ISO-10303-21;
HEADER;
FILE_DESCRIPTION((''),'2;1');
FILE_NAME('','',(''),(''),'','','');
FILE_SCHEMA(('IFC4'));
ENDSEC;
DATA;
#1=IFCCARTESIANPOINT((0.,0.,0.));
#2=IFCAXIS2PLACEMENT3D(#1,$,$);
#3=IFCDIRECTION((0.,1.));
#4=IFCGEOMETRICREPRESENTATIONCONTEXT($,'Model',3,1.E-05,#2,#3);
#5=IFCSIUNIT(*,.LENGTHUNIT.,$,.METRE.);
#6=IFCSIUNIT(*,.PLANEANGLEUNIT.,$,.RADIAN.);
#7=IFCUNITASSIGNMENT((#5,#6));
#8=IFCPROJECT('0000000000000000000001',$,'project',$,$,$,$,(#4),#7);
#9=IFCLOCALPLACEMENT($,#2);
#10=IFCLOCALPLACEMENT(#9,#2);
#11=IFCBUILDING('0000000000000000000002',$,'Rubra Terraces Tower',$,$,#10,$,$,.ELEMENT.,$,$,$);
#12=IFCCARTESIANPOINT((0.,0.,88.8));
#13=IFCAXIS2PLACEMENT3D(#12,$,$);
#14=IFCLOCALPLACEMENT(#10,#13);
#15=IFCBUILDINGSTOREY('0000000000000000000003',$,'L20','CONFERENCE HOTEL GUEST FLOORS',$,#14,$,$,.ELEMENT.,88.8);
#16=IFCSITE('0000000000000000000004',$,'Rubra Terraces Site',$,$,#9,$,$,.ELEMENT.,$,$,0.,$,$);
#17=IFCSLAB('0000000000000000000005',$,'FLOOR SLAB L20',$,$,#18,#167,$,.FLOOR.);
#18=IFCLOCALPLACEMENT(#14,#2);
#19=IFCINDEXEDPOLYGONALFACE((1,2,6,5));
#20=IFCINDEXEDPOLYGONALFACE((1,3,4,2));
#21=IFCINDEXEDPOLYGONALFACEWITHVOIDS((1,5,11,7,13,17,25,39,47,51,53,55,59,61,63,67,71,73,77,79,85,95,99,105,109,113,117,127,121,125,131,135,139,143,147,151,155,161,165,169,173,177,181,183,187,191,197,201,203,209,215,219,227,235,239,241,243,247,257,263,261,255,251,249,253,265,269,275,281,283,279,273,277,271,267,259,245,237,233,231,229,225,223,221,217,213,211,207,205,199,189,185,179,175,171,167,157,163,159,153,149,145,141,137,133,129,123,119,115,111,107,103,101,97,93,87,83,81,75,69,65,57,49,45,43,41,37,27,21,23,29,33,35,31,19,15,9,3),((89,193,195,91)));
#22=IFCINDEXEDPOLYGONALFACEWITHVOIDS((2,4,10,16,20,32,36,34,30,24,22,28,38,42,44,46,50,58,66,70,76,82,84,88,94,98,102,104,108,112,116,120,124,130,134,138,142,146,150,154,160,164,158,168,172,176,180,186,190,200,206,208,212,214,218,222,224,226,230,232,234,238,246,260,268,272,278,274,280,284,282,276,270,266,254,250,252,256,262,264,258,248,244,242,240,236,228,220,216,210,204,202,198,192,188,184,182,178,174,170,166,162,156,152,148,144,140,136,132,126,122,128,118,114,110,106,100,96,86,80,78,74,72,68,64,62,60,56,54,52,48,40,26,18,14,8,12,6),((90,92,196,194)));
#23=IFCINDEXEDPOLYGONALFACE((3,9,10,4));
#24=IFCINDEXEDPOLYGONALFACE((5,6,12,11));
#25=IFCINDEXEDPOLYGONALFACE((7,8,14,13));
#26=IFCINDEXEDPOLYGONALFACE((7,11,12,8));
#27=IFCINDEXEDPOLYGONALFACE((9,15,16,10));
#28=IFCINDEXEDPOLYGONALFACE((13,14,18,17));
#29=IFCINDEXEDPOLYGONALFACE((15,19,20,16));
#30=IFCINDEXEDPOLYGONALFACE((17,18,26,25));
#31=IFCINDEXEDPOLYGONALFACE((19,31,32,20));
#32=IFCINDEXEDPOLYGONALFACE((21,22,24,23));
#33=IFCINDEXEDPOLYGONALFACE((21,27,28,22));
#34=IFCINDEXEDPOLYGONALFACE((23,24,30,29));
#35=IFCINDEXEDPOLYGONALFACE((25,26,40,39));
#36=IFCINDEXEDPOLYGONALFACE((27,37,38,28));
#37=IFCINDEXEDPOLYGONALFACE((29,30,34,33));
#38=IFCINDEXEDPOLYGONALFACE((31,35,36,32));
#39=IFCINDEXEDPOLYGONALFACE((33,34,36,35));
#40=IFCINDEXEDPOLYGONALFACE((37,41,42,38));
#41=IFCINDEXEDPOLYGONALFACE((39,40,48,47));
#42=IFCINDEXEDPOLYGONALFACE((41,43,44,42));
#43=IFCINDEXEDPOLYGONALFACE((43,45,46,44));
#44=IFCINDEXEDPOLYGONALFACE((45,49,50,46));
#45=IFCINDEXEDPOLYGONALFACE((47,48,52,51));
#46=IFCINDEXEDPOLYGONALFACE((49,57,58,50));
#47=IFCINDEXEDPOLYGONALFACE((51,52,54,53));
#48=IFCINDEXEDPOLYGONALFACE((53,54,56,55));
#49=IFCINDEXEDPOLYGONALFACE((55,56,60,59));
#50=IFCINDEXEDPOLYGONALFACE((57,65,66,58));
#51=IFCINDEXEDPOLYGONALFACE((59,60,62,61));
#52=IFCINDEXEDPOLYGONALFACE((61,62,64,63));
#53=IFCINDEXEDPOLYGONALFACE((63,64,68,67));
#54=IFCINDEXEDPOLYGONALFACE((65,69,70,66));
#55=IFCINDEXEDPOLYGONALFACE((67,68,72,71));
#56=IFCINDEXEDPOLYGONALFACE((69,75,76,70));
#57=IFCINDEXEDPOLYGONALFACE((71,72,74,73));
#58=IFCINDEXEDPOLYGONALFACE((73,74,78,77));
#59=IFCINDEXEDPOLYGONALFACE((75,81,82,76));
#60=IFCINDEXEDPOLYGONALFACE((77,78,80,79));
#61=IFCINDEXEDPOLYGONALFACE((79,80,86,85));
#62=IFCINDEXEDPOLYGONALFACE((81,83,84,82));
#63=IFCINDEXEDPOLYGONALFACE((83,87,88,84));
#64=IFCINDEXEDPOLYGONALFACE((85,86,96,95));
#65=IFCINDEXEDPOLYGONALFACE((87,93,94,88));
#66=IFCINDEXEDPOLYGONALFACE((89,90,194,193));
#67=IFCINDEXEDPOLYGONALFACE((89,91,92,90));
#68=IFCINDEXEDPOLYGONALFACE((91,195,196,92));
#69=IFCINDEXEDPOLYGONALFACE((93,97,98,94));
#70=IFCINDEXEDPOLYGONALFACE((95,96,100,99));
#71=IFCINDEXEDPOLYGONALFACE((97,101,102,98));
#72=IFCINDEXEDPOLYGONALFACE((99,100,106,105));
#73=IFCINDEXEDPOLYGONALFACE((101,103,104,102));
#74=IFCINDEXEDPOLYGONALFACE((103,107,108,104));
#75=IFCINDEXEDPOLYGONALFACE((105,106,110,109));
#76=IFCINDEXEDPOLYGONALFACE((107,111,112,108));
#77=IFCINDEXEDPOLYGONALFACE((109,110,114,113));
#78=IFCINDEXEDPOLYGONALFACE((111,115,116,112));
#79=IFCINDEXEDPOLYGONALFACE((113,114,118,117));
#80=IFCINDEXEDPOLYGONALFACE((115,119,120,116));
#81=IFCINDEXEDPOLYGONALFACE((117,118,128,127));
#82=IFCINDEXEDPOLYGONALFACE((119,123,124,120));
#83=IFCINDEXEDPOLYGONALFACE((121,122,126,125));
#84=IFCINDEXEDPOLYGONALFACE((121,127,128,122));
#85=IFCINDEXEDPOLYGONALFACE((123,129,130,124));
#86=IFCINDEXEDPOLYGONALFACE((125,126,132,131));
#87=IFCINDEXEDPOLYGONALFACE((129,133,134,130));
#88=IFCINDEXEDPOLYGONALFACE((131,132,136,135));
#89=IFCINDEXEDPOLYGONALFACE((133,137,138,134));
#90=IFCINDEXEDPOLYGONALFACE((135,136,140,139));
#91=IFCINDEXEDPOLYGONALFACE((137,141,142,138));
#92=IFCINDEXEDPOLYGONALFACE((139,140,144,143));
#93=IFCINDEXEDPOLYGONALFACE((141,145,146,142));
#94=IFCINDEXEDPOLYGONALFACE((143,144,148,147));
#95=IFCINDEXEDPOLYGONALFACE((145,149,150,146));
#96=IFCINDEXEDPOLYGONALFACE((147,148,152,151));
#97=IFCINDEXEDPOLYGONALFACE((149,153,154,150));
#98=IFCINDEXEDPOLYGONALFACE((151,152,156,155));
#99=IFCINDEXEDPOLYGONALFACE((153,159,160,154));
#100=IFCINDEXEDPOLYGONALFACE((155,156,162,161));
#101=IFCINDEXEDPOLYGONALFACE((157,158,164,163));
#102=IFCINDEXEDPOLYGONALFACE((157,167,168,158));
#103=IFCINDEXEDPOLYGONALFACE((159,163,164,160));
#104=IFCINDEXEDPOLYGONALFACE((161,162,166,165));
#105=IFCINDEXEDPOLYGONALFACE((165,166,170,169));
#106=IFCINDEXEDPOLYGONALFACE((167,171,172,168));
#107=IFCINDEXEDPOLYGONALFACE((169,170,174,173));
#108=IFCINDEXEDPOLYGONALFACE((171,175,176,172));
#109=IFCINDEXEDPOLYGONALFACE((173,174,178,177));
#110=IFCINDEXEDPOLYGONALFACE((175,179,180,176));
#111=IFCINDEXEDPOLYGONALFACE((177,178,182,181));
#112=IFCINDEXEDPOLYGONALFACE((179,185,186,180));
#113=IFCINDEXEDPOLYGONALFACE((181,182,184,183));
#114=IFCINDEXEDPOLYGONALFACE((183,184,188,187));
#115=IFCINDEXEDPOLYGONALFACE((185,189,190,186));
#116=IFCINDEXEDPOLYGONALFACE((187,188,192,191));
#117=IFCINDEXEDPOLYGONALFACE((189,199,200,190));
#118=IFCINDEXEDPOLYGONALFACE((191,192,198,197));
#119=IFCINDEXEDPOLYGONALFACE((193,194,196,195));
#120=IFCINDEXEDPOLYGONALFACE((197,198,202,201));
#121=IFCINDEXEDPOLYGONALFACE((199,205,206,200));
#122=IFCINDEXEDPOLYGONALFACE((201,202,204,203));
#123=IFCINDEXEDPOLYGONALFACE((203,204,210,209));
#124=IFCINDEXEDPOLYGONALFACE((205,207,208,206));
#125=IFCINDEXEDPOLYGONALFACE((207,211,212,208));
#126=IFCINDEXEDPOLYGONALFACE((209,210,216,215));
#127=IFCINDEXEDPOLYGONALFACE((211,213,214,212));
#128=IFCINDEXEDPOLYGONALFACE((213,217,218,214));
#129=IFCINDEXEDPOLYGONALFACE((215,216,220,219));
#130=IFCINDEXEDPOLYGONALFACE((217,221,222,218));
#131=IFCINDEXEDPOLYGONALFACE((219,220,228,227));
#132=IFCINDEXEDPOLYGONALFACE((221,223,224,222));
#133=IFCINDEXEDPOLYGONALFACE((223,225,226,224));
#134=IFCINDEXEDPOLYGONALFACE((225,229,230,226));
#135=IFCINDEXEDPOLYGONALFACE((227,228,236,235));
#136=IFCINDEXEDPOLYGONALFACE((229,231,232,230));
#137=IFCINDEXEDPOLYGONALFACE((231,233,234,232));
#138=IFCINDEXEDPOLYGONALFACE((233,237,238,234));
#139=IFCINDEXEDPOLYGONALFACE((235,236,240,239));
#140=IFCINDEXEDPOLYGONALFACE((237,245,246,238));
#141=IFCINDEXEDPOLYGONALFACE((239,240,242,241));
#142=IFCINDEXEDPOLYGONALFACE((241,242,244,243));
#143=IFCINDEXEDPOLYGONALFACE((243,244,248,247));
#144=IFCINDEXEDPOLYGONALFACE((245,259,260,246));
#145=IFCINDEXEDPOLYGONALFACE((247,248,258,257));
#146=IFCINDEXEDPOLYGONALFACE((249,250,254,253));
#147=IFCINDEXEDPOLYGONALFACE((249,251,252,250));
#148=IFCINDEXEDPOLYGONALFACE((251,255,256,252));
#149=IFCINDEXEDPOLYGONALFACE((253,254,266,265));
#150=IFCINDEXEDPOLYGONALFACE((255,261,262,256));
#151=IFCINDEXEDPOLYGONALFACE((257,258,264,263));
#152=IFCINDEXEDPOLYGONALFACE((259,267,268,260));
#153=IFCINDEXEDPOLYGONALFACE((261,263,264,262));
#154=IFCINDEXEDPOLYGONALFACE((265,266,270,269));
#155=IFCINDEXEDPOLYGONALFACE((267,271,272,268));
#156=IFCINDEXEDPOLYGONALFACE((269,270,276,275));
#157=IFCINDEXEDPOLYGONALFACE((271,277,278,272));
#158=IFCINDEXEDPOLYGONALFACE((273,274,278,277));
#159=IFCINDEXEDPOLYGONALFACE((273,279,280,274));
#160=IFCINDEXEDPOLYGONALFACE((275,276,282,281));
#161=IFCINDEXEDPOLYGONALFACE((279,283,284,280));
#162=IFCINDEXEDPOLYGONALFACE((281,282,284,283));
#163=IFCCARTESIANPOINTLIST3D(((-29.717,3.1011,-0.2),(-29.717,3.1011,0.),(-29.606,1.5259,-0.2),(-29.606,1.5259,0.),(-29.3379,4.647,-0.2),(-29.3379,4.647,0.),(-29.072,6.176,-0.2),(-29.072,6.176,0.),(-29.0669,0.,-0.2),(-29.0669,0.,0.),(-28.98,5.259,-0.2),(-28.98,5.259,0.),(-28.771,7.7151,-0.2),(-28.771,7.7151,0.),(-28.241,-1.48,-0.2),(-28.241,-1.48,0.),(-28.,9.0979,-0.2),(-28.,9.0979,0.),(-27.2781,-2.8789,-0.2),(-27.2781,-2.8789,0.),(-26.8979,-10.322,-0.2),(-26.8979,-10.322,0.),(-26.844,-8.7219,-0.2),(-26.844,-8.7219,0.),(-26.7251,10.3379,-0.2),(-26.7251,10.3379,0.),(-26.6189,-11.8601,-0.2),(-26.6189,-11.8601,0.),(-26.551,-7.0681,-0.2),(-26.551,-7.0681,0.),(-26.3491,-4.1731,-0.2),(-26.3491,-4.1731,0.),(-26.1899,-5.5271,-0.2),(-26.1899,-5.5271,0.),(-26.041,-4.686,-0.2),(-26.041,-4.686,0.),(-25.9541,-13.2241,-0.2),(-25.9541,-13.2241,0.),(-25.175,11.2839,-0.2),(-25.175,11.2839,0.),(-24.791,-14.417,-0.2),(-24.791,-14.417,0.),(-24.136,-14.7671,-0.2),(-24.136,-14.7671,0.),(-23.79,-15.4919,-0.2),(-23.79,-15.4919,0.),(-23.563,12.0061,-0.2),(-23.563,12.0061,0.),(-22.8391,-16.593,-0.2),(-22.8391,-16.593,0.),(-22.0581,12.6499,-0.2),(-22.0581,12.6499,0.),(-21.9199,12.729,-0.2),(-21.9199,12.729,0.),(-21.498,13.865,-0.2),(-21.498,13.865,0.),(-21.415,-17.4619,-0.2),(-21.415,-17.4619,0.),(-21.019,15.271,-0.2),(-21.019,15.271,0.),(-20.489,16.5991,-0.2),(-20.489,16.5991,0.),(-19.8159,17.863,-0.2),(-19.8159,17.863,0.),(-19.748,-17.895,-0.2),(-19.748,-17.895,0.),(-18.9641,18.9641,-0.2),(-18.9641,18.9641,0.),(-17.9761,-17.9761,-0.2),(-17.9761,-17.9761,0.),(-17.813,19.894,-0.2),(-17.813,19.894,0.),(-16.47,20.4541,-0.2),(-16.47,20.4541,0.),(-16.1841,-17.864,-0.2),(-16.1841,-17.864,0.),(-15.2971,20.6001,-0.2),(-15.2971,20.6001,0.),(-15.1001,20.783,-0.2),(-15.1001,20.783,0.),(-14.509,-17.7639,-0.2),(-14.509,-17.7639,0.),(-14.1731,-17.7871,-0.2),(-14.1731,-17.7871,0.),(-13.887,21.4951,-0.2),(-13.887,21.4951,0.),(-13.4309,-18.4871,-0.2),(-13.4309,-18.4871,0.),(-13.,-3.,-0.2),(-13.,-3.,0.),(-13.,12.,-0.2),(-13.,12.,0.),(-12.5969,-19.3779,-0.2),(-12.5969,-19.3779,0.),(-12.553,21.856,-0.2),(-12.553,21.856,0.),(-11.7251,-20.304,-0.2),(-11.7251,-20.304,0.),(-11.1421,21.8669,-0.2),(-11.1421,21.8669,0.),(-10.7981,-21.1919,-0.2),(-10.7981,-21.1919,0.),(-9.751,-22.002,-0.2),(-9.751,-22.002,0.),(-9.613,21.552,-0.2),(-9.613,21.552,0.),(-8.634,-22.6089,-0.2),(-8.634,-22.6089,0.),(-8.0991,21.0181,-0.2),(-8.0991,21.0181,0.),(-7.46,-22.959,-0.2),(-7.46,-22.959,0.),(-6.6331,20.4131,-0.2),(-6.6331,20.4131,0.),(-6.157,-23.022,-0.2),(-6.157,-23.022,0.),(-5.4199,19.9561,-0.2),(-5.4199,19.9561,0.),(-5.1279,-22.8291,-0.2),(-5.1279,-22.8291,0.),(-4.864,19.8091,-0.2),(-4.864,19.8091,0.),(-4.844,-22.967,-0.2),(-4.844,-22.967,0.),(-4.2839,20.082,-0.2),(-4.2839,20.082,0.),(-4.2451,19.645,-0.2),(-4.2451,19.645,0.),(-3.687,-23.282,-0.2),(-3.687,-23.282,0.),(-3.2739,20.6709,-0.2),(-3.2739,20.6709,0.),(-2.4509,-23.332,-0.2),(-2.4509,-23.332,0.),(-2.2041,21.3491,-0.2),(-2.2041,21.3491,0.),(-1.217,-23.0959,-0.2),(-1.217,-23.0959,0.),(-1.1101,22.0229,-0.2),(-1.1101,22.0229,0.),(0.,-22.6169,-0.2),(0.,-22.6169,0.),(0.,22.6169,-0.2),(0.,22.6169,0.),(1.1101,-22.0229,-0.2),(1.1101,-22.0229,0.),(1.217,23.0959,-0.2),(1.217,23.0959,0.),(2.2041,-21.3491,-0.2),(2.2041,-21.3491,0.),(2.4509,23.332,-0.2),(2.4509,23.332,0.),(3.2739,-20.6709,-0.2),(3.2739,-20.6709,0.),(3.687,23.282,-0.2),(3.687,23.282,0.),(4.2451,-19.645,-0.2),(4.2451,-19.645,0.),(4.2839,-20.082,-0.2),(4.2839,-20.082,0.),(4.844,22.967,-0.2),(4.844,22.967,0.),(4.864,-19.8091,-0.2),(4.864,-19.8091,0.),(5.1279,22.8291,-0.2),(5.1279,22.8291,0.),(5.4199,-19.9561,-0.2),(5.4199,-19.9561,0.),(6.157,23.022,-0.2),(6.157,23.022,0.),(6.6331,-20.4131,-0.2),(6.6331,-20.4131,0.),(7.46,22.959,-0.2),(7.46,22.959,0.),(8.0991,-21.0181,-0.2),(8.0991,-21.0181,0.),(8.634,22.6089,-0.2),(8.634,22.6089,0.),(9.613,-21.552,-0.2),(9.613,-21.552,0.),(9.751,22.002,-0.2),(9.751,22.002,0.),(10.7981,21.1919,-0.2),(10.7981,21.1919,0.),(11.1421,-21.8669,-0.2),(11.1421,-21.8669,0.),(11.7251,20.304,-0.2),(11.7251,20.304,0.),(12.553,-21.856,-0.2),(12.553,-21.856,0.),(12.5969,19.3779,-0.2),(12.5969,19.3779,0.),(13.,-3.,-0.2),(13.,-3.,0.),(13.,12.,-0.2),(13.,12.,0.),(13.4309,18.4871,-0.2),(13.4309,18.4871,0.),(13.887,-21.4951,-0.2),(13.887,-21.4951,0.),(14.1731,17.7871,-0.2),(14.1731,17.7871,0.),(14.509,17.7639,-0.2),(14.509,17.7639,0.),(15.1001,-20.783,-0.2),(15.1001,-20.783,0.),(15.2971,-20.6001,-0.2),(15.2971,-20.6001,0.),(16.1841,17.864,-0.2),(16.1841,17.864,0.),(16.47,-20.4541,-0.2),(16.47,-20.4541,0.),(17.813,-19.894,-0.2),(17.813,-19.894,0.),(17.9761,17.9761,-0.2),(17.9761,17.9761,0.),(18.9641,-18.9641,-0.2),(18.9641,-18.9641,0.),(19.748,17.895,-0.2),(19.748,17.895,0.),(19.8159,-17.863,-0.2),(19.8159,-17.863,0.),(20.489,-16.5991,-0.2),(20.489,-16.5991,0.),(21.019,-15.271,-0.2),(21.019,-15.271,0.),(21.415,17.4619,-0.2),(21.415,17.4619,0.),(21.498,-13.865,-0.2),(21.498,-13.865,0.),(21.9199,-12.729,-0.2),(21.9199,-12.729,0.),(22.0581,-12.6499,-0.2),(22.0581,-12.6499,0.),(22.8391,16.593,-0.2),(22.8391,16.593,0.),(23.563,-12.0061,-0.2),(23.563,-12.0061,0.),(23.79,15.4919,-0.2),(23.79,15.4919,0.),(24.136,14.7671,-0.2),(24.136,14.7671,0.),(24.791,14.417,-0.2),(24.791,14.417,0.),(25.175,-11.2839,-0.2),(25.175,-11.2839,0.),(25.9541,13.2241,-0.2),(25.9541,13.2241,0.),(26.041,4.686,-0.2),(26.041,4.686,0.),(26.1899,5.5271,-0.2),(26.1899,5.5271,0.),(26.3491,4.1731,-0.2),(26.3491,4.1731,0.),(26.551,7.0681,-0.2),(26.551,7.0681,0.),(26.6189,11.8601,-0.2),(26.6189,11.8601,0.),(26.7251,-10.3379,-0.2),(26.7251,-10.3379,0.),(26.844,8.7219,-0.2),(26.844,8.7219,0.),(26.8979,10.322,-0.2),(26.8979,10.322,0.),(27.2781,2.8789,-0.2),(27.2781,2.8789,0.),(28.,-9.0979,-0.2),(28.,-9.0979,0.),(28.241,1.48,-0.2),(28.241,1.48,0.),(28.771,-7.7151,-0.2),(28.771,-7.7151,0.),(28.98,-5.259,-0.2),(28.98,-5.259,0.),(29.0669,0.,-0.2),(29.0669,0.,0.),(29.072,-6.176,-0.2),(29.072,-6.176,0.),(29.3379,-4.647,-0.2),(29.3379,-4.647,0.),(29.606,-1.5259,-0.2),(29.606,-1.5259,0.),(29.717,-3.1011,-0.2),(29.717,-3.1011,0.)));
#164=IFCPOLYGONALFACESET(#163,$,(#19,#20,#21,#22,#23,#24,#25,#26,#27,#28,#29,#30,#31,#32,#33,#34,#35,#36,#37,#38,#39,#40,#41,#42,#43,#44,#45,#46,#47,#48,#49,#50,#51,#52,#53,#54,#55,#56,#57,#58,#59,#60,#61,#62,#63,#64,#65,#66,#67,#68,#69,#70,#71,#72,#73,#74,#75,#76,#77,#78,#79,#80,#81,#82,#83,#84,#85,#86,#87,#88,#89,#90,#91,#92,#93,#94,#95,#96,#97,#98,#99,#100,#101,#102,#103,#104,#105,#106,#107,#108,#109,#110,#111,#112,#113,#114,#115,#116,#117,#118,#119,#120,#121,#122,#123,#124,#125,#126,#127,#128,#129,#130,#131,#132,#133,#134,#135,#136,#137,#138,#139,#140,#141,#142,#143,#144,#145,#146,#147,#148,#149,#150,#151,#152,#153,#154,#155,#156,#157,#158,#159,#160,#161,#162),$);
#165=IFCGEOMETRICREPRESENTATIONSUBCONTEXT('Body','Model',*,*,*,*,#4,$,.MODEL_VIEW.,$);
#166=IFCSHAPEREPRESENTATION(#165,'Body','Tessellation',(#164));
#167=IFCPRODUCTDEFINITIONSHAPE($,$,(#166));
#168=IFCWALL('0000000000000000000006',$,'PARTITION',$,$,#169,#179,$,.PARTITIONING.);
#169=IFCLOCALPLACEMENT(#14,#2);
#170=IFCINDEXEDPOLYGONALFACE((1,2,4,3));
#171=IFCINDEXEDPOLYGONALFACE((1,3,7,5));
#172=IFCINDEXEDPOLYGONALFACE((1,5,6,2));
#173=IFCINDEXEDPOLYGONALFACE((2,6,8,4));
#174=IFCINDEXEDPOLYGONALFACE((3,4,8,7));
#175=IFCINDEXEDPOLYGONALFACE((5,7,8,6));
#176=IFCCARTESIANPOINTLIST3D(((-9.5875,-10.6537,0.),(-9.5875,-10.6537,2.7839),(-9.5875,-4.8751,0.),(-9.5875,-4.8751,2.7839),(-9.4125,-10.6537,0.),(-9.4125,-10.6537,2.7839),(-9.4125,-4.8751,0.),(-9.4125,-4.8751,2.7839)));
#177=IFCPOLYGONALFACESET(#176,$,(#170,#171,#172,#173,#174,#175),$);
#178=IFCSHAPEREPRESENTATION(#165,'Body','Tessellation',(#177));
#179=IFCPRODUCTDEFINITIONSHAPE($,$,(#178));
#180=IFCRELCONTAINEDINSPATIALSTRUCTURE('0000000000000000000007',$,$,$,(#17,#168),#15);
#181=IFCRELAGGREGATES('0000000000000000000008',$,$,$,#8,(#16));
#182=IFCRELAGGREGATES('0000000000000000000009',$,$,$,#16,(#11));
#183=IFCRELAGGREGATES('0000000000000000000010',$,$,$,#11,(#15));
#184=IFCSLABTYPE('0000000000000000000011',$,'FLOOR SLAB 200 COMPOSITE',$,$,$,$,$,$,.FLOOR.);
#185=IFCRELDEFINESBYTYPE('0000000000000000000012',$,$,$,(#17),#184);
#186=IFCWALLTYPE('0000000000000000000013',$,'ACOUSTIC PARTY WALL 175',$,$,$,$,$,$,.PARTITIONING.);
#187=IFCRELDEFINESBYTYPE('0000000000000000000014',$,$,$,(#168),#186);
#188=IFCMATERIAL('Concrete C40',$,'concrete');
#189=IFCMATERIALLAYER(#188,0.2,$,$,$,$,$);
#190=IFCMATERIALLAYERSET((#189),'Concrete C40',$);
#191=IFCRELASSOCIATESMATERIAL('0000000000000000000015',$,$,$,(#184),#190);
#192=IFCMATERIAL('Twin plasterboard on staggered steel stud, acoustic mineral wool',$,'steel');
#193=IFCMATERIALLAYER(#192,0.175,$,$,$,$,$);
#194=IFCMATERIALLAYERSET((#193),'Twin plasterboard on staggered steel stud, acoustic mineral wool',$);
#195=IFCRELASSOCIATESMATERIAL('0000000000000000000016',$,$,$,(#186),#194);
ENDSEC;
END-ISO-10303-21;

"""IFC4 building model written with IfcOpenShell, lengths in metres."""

from ifc_helpers import new_model, si_unit, direction, frame, frame_2d, origin, place, context, subcontext, project, spatial, polyline, rectangle, outline, extrude, material, layer, layer_set, type_object, element, save


model = new_model("IFC4")

# Units and contexts
model_context = context("Model", 3, precision=1e-05, world=origin(), true_north=direction((0.0, 1.0)))
body_context = subcontext(model_context, "Body", "Model", "MODEL_VIEW")
ifc_project = project(units=[si_unit("LENGTHUNIT", "METRE"), si_unit("PLANEANGLEUNIT", "RADIAN")], contexts=[model_context])

# Site, building, storey
site_placement = place(None, origin())
site = spatial("IfcSite", under=ifc_project, at=site_placement, Name="Rubra Terraces Site", CompositionType="ELEMENT", RefElevation=0.0)
building_placement = place(site_placement, origin())
building = spatial("IfcBuilding", under=site, at=building_placement, Name="Rubra Terraces Tower", CompositionType="ELEMENT")
storey_placement = place(building_placement, frame((0.0, 0.0, 88.8)))
storey = spatial("IfcBuildingStorey", under=building, at=storey_placement, Name="L20", Description="CONFERENCE HOTEL GUEST FLOORS", CompositionType="ELEMENT", Elevation=88.8)

# Slab
ifc_material_1 = material(Name="Concrete C40", Category="concrete")
ifc_layer_1 = layer(ifc_material_1, 0.2)
ifc_layer_set_1 = layer_set([ifc_layer_1], Name="Concrete C40")
slab_type_1 = type_object("IfcSlabType", Name="FLOOR SLAB 200 COMPOSITE", PredefinedType="FLOOR", material=ifc_layer_set_1)
slab_1_placement = place(storey_placement, frame((0.0, 0.0, -0.2)))
element("IfcSlab", 1, at=slab_1_placement, inside=storey, type_object=slab_type_1, Name="FLOOR SLAB L20", PredefinedType="FLOOR", context=body_context, shape_type="SweptSolid", body=[
    extrude(outline(polyline([(15.1001, -20.783), (15.2971, -20.6001), (16.47, -20.4541), (17.813, -19.894), (18.9641, -18.9641), (19.8159, -17.863), (20.489, -16.5991), (21.019, -15.271), (21.498, -13.865), (21.9199, -12.729), (22.0581, -12.6499), (23.563, -12.0061), (25.175, -11.2839), (26.7251, -10.3379), (28.0, -9.0979), (28.771, -7.7151), (29.072, -6.176), (28.98, -5.259), (29.3379, -4.647), (29.717, -3.1011), (29.606, -1.5259), (29.0669, 0.0), (28.241, 1.48), (27.2781, 2.8789), (26.3491, 4.1731), (26.041, 4.686), (26.1899, 5.5271), (26.551, 7.0681), (26.844, 8.7219), (26.8979, 10.322), (26.6189, 11.8601), (25.9541, 13.2241), (24.791, 14.417), (24.136, 14.7671), (23.79, 15.4919), (22.8391, 16.593), (21.415, 17.4619), (19.748, 17.895), (17.9761, 17.9761), (16.1841, 17.864), (14.509, 17.7639), (14.1731, 17.7871), (13.4309, 18.4871), (12.5969, 19.3779), (11.7251, 20.304), (10.7981, 21.1919), (9.751, 22.002), (8.634, 22.6089), (7.46, 22.959), (6.157, 23.022), (5.1279, 22.8291), (4.844, 22.967), (3.687, 23.282), (2.4509, 23.332), (1.217, 23.0959), (0.0, 22.6169), (-1.1101, 22.0229), (-2.2041, 21.3491), (-3.2739, 20.6709), (-4.2839, 20.082), (-4.864, 19.8091), (-4.2451, 19.645), (-5.4199, 19.9561), (-6.6331, 20.4131), (-8.0991, 21.0181), (-9.613, 21.552), (-11.1421, 21.8669), (-12.553, 21.856), (-13.887, 21.4951), (-15.1001, 20.783), (-15.2971, 20.6001), (-16.47, 20.4541), (-17.813, 19.894), (-18.9641, 18.9641), (-19.8159, 17.863), (-20.489, 16.5991), (-21.019, 15.271), (-21.498, 13.865), (-21.9199, 12.729), (-22.0581, 12.6499), (-23.563, 12.0061), (-25.175, 11.2839), (-26.7251, 10.3379), (-28.0, 9.0979), (-28.771, 7.7151), (-29.072, 6.176), (-28.98, 5.259), (-29.3379, 4.647), (-29.717, 3.1011), (-29.606, 1.5259), (-29.0669, 0.0), (-28.241, -1.48), (-27.2781, -2.8789), (-26.3491, -4.1731), (-26.041, -4.686), (-26.1899, -5.5271), (-26.551, -7.0681), (-26.844, -8.7219), (-26.8979, -10.322), (-26.6189, -11.8601), (-25.9541, -13.2241), (-24.791, -14.417), (-24.136, -14.7671), (-23.79, -15.4919), (-22.8391, -16.593), (-21.415, -17.4619), (-19.748, -17.895), (-17.9761, -17.9761), (-16.1841, -17.864), (-14.509, -17.7639), (-14.1731, -17.7871), (-13.4309, -18.4871), (-12.5969, -19.3779), (-11.7251, -20.304), (-10.7981, -21.1919), (-9.751, -22.002), (-8.634, -22.6089), (-7.46, -22.959), (-6.157, -23.022), (-5.1279, -22.8291), (-4.844, -22.967), (-3.687, -23.282), (-2.4509, -23.332), (-1.217, -23.0959), (0.0, -22.6169), (1.1101, -22.0229), (2.2041, -21.3491), (3.2739, -20.6709), (4.2839, -20.082), (4.864, -19.8091), (4.2451, -19.645), (5.4199, -19.9561), (6.6331, -20.4131), (8.0991, -21.0181), (9.613, -21.552), (11.1421, -21.8669), (12.553, -21.856), (13.887, -21.4951), (15.1001, -20.783)]), holes=[polyline([(13.0, 12.0), (13.0, -3.0), (-13.0, -3.0), (-13.0, 12.0), (13.0, 12.0)])]), origin(), (0.0, 0.0, 1.0), 0.2),
])

# Wall
ifc_material_2 = material(Name="Twin plasterboard on staggered steel stud, acoustic mineral wool", Category="steel")
ifc_layer_2 = layer(ifc_material_2, 0.175)
ifc_layer_set_2 = layer_set([ifc_layer_2], Name="Twin plasterboard on staggered steel stud, acoustic mineral wool")
wall_type_1 = type_object("IfcWallType", Name="ACOUSTIC PARTY WALL 175", PredefinedType="PARTITIONING", material=ifc_layer_set_2)
wall_1_placement = place(storey_placement, frame((-9.5, -10.6536, 0.0), z_axis=(0.0, 0.0, 1.0), x_axis=(0.0, 1.0, 0.0)))
element("IfcWall", 2, at=wall_1_placement, inside=storey, type_object=wall_type_1, Name="PARTITION", PredefinedType="PARTITIONING", context=body_context, shape_type="SweptSolid", body=[
    extrude(rectangle(XDim=5.7786, YDim=0.175, at=frame_2d((2.8892, 0.0))), origin(), (0.0, 0.0, 1.0), 2.7839),
])

save(model, "model.ifc")
